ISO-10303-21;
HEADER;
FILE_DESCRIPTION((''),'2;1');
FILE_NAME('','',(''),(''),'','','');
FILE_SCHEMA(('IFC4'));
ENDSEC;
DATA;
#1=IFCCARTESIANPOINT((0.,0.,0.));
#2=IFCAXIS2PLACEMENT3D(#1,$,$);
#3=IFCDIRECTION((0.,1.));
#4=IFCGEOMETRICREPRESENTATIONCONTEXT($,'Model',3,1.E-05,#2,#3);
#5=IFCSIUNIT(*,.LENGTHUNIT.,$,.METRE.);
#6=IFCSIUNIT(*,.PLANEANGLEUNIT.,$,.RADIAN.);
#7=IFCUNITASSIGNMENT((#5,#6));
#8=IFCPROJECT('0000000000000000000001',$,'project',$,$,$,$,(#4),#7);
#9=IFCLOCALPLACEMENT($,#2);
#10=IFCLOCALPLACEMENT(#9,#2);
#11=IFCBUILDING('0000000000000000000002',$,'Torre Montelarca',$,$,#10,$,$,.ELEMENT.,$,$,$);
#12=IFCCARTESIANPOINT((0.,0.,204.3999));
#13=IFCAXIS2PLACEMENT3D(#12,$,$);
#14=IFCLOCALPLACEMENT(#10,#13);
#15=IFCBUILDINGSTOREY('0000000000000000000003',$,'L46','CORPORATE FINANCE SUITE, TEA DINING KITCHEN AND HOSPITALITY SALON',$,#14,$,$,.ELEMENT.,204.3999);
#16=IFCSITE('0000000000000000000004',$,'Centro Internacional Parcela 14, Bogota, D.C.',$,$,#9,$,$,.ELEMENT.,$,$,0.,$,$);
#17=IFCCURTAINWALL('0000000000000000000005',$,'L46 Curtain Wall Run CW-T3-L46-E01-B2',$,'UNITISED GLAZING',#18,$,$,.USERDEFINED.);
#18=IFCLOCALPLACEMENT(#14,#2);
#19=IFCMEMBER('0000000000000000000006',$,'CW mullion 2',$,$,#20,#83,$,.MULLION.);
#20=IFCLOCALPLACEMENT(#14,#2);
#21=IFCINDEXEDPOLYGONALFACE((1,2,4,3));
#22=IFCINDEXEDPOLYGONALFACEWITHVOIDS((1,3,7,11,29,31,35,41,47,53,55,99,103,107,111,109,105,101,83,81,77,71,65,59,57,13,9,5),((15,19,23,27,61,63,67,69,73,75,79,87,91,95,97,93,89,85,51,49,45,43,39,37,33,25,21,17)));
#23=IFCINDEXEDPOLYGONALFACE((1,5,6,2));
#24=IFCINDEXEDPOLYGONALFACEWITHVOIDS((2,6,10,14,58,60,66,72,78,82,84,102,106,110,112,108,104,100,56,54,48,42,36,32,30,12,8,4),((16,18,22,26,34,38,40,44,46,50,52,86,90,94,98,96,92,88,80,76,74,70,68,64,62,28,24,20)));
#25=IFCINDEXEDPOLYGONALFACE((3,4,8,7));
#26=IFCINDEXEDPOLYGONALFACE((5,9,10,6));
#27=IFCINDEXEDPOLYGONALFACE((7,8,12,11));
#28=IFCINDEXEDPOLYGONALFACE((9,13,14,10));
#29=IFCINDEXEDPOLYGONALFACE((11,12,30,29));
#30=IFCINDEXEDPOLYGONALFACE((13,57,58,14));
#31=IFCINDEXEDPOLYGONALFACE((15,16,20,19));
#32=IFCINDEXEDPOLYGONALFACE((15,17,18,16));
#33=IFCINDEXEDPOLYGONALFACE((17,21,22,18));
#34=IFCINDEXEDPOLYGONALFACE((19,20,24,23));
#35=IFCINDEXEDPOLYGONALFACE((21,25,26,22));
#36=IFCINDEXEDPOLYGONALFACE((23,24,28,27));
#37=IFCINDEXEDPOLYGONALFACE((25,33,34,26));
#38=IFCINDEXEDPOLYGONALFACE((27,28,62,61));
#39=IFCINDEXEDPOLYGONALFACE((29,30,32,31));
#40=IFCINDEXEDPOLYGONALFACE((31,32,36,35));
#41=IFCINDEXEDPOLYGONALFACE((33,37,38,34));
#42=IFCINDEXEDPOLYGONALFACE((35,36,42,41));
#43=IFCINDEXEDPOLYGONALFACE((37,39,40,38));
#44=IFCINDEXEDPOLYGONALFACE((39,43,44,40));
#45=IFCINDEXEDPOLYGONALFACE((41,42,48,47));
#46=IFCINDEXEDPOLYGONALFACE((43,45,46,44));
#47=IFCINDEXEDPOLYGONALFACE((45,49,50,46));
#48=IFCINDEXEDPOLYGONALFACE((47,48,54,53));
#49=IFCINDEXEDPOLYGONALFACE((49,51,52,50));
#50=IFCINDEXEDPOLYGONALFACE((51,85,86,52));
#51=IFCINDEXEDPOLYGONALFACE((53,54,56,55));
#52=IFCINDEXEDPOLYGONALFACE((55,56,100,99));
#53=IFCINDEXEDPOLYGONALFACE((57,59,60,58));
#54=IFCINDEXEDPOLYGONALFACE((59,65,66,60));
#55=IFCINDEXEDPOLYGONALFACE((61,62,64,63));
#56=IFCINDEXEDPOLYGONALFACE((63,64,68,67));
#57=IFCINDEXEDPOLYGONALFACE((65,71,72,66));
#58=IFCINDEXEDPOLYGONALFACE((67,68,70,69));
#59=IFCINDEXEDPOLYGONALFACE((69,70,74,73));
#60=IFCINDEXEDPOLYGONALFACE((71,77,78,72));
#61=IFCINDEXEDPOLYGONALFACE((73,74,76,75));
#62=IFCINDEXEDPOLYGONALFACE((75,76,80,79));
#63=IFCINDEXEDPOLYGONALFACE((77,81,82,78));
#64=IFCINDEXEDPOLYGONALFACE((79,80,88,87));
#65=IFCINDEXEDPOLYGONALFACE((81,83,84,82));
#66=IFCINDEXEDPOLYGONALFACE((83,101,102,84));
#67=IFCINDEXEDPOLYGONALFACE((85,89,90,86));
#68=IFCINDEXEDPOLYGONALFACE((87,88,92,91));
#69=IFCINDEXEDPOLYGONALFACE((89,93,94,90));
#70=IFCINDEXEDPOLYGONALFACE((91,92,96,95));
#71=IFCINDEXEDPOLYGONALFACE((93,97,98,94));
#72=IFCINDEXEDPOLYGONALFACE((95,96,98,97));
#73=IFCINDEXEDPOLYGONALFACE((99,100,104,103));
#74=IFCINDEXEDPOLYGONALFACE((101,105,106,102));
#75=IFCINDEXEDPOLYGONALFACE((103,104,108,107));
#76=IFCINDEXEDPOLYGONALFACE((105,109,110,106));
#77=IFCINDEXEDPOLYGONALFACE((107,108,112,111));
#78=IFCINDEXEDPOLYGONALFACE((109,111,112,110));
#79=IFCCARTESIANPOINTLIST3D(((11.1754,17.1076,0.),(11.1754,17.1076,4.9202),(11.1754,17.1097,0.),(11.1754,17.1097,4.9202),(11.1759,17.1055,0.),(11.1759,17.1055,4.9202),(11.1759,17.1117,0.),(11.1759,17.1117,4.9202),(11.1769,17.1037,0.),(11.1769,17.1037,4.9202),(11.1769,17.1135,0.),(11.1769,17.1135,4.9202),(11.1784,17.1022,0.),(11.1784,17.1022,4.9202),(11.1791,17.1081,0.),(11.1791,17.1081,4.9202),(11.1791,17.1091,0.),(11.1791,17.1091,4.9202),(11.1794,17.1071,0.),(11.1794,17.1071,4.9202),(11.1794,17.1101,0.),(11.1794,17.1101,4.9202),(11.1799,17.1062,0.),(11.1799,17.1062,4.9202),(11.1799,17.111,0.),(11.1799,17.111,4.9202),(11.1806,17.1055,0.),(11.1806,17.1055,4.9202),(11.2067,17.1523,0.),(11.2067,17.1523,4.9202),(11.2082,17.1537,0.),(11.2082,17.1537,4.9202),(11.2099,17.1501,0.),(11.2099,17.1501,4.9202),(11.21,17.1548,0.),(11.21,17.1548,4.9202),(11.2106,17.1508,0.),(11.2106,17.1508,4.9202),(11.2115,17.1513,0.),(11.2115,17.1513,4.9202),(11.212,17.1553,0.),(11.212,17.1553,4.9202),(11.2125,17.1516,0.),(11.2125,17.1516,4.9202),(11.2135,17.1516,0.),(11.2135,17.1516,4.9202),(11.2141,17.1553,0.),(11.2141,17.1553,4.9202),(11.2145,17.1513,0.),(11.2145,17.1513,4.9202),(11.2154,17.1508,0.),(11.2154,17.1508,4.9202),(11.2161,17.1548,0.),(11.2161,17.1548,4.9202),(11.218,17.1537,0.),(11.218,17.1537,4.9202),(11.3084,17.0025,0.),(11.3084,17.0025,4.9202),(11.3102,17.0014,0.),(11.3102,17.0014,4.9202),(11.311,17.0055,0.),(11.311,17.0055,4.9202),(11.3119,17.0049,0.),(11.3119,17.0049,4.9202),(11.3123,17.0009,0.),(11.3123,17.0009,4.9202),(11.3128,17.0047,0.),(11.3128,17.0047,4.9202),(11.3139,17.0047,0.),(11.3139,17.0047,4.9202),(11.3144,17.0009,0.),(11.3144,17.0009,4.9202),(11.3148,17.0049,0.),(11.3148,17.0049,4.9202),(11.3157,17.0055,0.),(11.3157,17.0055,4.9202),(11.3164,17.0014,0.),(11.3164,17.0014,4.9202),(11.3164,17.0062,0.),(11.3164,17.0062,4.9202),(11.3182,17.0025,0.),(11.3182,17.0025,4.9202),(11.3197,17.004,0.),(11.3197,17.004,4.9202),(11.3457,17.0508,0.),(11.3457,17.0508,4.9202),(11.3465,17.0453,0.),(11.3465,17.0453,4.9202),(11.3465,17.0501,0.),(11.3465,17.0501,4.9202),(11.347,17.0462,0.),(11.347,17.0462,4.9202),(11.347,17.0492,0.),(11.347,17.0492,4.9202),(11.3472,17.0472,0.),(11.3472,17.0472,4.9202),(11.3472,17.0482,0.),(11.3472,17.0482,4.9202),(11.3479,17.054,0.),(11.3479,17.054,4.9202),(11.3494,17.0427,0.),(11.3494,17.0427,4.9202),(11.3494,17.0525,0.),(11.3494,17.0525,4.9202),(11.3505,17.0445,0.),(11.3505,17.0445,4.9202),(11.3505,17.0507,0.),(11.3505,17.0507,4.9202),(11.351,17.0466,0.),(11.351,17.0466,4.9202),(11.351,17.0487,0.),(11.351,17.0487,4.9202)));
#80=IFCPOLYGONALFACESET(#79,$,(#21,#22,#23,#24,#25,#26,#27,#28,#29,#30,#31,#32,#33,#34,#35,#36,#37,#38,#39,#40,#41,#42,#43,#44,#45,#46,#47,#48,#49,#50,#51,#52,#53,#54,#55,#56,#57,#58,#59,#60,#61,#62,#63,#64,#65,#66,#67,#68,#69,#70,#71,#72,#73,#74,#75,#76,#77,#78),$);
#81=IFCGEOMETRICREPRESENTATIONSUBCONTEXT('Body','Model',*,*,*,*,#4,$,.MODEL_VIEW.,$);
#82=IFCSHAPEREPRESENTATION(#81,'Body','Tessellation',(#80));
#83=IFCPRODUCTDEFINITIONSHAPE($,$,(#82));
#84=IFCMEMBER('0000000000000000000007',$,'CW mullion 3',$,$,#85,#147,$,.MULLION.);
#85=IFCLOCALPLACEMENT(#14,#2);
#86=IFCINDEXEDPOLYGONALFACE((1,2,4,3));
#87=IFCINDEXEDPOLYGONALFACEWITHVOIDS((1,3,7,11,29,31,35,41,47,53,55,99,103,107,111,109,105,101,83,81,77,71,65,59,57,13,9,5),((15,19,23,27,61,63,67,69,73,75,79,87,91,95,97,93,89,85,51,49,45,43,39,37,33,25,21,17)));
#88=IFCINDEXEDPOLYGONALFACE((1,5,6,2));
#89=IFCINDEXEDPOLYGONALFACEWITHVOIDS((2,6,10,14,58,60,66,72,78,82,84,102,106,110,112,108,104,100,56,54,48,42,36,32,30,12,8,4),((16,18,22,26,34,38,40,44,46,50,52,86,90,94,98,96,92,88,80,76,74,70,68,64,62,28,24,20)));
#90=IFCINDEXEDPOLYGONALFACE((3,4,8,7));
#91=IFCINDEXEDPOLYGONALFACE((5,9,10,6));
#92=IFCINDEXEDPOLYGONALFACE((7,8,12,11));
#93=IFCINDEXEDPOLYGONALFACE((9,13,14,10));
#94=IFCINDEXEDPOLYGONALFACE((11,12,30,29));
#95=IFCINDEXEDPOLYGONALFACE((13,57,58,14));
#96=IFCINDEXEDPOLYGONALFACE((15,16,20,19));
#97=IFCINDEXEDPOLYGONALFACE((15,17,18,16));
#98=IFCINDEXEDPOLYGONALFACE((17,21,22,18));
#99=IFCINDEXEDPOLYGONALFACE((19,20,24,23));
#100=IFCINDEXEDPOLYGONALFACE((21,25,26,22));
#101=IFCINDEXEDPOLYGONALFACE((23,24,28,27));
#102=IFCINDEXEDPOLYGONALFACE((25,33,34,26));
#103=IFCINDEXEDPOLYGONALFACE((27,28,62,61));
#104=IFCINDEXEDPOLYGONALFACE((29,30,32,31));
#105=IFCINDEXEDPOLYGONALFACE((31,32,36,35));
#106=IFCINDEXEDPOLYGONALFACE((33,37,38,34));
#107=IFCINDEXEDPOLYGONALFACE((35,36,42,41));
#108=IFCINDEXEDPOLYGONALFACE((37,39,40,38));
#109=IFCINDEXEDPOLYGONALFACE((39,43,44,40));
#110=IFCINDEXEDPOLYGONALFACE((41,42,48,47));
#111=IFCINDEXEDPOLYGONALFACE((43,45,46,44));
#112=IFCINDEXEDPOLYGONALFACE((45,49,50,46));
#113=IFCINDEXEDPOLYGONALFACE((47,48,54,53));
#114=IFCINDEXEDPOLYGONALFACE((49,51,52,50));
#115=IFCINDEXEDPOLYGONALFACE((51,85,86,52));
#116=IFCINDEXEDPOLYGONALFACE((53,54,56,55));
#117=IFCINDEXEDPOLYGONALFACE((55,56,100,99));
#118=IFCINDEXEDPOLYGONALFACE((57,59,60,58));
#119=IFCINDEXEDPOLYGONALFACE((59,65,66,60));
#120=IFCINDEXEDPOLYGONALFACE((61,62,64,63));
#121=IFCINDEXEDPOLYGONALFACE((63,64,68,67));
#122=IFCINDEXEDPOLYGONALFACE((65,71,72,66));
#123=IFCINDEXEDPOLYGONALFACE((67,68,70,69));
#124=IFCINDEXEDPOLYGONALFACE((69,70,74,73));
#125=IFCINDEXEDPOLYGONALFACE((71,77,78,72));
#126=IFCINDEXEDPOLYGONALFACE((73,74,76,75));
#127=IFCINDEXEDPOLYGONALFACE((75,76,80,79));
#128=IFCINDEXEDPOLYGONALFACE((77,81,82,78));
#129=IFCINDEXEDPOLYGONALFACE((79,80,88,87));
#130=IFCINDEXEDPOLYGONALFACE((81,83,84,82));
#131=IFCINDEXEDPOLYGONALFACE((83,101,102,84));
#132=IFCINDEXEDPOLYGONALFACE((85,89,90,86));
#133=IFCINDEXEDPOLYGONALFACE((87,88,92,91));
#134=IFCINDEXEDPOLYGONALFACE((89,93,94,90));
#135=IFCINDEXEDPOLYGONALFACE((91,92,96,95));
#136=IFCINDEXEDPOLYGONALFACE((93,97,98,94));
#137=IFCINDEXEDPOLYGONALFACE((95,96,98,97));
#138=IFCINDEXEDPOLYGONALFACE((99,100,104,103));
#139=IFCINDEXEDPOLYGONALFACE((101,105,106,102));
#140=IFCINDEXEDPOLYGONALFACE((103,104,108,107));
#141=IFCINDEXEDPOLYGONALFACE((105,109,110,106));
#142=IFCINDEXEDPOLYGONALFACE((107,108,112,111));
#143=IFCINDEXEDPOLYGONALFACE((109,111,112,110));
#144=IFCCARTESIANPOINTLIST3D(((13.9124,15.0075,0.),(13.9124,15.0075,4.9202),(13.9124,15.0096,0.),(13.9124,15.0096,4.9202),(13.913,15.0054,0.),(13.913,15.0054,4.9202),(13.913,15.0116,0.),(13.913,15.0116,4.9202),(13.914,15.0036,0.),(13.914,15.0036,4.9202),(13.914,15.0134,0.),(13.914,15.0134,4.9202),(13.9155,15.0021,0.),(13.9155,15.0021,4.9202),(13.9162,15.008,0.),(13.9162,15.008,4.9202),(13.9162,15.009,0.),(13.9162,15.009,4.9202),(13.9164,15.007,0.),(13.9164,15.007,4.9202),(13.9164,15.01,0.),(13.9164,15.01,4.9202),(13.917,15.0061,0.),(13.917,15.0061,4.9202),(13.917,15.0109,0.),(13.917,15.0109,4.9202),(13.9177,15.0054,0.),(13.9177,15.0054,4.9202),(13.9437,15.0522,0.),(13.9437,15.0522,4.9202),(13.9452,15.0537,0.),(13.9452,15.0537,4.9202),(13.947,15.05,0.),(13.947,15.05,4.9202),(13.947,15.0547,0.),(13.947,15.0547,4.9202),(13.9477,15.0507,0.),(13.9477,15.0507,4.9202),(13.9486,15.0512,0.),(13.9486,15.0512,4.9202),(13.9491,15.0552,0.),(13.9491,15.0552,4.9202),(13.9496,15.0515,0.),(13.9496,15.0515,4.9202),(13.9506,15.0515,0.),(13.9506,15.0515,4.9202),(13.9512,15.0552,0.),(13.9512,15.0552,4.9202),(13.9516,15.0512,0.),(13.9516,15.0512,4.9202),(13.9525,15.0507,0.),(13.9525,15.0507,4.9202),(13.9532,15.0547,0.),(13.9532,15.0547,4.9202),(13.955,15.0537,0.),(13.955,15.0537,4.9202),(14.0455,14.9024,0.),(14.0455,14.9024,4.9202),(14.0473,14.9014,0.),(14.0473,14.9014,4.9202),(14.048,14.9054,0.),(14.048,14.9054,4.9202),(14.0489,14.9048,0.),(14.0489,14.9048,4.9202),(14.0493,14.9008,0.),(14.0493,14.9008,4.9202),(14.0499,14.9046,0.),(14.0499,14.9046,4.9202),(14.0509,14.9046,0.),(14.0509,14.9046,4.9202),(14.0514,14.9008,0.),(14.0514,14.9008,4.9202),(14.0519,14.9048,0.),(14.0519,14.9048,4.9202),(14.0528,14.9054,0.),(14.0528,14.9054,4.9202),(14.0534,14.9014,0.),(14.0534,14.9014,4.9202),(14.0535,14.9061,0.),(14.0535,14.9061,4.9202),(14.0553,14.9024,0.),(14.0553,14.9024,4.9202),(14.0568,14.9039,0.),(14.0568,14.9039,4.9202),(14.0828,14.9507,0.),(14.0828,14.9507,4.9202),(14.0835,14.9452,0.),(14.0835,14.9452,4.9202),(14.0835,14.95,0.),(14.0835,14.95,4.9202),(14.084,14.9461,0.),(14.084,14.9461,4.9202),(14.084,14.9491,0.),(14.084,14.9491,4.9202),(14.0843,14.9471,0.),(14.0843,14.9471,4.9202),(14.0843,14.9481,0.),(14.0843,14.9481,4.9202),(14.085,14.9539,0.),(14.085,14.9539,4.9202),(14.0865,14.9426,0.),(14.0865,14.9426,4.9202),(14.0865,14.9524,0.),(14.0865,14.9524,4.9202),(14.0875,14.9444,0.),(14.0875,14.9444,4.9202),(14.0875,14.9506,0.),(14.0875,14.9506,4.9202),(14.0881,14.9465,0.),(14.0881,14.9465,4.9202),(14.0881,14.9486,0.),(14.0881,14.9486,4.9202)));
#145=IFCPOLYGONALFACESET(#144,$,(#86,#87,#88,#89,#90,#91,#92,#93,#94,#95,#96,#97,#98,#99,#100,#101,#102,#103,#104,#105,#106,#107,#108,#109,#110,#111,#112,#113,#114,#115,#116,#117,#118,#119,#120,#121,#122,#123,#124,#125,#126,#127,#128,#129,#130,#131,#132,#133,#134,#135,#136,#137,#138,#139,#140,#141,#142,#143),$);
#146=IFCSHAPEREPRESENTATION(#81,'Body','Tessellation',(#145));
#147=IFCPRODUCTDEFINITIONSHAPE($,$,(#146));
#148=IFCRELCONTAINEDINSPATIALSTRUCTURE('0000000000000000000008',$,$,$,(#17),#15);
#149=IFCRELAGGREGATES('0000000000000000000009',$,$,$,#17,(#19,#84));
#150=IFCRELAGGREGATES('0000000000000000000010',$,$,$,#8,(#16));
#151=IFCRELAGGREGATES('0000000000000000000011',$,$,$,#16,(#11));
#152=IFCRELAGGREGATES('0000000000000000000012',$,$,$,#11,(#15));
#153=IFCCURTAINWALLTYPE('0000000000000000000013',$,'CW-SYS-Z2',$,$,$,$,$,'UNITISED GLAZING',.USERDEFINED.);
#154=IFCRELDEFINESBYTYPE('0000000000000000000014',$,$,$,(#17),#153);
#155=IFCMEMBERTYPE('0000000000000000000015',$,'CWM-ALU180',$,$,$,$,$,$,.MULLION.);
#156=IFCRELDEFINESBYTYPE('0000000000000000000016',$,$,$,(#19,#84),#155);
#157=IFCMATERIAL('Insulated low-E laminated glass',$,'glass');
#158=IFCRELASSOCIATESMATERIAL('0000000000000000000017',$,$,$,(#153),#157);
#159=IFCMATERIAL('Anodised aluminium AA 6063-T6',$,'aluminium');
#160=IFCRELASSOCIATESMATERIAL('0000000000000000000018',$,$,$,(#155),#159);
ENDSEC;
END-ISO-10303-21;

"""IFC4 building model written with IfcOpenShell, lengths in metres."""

from ifc_helpers import new_model, si_unit, direction, frame, origin, origin_2d, place, context, subcontext, project, spatial, hollow_rectangle, extrude, source, transform, mapped, material, material_profile, profile_set, type_object, element, aggregate, save


model = new_model("IFC4")

# Units and contexts
model_context = context("Model", 3, precision=1e-05, world=origin(), true_north=direction((0.0, 1.0)))
body_context = subcontext(model_context, "Body", "Model", "MODEL_VIEW")
ifc_project = project(units=[si_unit("LENGTHUNIT", "METRE"), si_unit("PLANEANGLEUNIT", "RADIAN")], contexts=[model_context])

# Site, building, storey
site_placement = place(None, origin())
site = spatial("IfcSite", under=ifc_project, at=site_placement, Name="Centro Internacional Parcela 14, Bogota, D.C.", CompositionType="ELEMENT", RefElevation=0.0)
building_placement = place(site_placement, origin())
building = spatial("IfcBuilding", under=site, at=building_placement, Name="Torre Montelarca", CompositionType="ELEMENT")
storey_placement = place(building_placement, frame((0.0, 0.0, 204.3999)))
storey = spatial("IfcBuildingStorey", under=building, at=storey_placement, Name="L46", Description="CORPORATE FINANCE SUITE, TEA DINING KITCHEN AND HOSPITALITY SALON", CompositionType="ELEMENT", Elevation=204.3999)

# Shared definitions
ifc_material_1 = material(Name="Insulated low-E laminated glass", Category="glass")
curtain_wall_type = type_object("IfcCurtainWallType", Name="CW-SYS-Z2", ElementType="UNITISED GLAZING", PredefinedType="USERDEFINED", material=ifc_material_1)
ifc_material_2 = material(Name="Anodised aluminium AA 6063-T6", Category="aluminium")

# Shared definitions
ifc_material_profile_1 = material_profile(ifc_material_2, hollow_rectangle(XDim=0.0649, YDim=0.1799, WallThickness=0.0039, InnerFilletRadius=0.0039, OuterFilletRadius=0.0081, at=origin_2d()), Name="ALU65X180X4", Category="aluminium")
ifc_profile_set_1 = profile_set([ifc_material_profile_1], Name="Anodised aluminium AA 6063-T6")
member_type_1 = type_object("IfcMemberType", Name="CWM-ALU180", PredefinedType="MULLION", material=ifc_profile_set_1)
shared_shape_1 = source(origin(), body_context, "Body", "SweptSolid", [
    extrude(hollow_rectangle(XDim=0.0649, YDim=0.1799, WallThickness=0.0039, InnerFilletRadius=0.0039, OuterFilletRadius=0.0081, at=origin_2d()), origin(), (0.0, 0.0, 1.0), 4.9202),
])

# Curtain wall, members
curtain_wall_1_placement = place(storey_placement, origin())
curtain_wall_1 = element("IfcCurtainWall", 1, at=curtain_wall_1_placement, inside=storey, type_object=curtain_wall_type, Name="L46 Curtain Wall Run CW-T3-L46-E01-B2", ObjectType="UNITISED GLAZING", PredefinedType="USERDEFINED")
member_1_placement = place(storey_placement, frame((11.2632, 17.0781, 0.0), z_axis=(0.0, 0.0, 1.0), x_axis=(0.608767, 0.793349, 0.0)))
member_1 = element("IfcMember", 2, at=member_1_placement, type_object=member_type_1, Name="CW mullion 2", PredefinedType="MULLION", context=body_context, shape_type="MappedRepresentation", body=[
    mapped(shared_shape_1, transform((0.0, 0.0, 0.0), scale=1.0)),
])
member_2_placement = place(storey_placement, frame((14.0002, 14.978, 0.0), z_axis=(0.0, 0.0, 1.0), x_axis=(0.608767, 0.793349, 0.0)))
member_2 = element("IfcMember", 3, at=member_2_placement, type_object=member_type_1, Name="CW mullion 3", PredefinedType="MULLION", context=body_context, shape_type="MappedRepresentation", body=[
    mapped(shared_shape_1, transform((0.0, 0.0, 0.0), scale=1.0)),
])

aggregate(curtain_wall_1, [member_1, member_2])

save(model, "model.ifc")
